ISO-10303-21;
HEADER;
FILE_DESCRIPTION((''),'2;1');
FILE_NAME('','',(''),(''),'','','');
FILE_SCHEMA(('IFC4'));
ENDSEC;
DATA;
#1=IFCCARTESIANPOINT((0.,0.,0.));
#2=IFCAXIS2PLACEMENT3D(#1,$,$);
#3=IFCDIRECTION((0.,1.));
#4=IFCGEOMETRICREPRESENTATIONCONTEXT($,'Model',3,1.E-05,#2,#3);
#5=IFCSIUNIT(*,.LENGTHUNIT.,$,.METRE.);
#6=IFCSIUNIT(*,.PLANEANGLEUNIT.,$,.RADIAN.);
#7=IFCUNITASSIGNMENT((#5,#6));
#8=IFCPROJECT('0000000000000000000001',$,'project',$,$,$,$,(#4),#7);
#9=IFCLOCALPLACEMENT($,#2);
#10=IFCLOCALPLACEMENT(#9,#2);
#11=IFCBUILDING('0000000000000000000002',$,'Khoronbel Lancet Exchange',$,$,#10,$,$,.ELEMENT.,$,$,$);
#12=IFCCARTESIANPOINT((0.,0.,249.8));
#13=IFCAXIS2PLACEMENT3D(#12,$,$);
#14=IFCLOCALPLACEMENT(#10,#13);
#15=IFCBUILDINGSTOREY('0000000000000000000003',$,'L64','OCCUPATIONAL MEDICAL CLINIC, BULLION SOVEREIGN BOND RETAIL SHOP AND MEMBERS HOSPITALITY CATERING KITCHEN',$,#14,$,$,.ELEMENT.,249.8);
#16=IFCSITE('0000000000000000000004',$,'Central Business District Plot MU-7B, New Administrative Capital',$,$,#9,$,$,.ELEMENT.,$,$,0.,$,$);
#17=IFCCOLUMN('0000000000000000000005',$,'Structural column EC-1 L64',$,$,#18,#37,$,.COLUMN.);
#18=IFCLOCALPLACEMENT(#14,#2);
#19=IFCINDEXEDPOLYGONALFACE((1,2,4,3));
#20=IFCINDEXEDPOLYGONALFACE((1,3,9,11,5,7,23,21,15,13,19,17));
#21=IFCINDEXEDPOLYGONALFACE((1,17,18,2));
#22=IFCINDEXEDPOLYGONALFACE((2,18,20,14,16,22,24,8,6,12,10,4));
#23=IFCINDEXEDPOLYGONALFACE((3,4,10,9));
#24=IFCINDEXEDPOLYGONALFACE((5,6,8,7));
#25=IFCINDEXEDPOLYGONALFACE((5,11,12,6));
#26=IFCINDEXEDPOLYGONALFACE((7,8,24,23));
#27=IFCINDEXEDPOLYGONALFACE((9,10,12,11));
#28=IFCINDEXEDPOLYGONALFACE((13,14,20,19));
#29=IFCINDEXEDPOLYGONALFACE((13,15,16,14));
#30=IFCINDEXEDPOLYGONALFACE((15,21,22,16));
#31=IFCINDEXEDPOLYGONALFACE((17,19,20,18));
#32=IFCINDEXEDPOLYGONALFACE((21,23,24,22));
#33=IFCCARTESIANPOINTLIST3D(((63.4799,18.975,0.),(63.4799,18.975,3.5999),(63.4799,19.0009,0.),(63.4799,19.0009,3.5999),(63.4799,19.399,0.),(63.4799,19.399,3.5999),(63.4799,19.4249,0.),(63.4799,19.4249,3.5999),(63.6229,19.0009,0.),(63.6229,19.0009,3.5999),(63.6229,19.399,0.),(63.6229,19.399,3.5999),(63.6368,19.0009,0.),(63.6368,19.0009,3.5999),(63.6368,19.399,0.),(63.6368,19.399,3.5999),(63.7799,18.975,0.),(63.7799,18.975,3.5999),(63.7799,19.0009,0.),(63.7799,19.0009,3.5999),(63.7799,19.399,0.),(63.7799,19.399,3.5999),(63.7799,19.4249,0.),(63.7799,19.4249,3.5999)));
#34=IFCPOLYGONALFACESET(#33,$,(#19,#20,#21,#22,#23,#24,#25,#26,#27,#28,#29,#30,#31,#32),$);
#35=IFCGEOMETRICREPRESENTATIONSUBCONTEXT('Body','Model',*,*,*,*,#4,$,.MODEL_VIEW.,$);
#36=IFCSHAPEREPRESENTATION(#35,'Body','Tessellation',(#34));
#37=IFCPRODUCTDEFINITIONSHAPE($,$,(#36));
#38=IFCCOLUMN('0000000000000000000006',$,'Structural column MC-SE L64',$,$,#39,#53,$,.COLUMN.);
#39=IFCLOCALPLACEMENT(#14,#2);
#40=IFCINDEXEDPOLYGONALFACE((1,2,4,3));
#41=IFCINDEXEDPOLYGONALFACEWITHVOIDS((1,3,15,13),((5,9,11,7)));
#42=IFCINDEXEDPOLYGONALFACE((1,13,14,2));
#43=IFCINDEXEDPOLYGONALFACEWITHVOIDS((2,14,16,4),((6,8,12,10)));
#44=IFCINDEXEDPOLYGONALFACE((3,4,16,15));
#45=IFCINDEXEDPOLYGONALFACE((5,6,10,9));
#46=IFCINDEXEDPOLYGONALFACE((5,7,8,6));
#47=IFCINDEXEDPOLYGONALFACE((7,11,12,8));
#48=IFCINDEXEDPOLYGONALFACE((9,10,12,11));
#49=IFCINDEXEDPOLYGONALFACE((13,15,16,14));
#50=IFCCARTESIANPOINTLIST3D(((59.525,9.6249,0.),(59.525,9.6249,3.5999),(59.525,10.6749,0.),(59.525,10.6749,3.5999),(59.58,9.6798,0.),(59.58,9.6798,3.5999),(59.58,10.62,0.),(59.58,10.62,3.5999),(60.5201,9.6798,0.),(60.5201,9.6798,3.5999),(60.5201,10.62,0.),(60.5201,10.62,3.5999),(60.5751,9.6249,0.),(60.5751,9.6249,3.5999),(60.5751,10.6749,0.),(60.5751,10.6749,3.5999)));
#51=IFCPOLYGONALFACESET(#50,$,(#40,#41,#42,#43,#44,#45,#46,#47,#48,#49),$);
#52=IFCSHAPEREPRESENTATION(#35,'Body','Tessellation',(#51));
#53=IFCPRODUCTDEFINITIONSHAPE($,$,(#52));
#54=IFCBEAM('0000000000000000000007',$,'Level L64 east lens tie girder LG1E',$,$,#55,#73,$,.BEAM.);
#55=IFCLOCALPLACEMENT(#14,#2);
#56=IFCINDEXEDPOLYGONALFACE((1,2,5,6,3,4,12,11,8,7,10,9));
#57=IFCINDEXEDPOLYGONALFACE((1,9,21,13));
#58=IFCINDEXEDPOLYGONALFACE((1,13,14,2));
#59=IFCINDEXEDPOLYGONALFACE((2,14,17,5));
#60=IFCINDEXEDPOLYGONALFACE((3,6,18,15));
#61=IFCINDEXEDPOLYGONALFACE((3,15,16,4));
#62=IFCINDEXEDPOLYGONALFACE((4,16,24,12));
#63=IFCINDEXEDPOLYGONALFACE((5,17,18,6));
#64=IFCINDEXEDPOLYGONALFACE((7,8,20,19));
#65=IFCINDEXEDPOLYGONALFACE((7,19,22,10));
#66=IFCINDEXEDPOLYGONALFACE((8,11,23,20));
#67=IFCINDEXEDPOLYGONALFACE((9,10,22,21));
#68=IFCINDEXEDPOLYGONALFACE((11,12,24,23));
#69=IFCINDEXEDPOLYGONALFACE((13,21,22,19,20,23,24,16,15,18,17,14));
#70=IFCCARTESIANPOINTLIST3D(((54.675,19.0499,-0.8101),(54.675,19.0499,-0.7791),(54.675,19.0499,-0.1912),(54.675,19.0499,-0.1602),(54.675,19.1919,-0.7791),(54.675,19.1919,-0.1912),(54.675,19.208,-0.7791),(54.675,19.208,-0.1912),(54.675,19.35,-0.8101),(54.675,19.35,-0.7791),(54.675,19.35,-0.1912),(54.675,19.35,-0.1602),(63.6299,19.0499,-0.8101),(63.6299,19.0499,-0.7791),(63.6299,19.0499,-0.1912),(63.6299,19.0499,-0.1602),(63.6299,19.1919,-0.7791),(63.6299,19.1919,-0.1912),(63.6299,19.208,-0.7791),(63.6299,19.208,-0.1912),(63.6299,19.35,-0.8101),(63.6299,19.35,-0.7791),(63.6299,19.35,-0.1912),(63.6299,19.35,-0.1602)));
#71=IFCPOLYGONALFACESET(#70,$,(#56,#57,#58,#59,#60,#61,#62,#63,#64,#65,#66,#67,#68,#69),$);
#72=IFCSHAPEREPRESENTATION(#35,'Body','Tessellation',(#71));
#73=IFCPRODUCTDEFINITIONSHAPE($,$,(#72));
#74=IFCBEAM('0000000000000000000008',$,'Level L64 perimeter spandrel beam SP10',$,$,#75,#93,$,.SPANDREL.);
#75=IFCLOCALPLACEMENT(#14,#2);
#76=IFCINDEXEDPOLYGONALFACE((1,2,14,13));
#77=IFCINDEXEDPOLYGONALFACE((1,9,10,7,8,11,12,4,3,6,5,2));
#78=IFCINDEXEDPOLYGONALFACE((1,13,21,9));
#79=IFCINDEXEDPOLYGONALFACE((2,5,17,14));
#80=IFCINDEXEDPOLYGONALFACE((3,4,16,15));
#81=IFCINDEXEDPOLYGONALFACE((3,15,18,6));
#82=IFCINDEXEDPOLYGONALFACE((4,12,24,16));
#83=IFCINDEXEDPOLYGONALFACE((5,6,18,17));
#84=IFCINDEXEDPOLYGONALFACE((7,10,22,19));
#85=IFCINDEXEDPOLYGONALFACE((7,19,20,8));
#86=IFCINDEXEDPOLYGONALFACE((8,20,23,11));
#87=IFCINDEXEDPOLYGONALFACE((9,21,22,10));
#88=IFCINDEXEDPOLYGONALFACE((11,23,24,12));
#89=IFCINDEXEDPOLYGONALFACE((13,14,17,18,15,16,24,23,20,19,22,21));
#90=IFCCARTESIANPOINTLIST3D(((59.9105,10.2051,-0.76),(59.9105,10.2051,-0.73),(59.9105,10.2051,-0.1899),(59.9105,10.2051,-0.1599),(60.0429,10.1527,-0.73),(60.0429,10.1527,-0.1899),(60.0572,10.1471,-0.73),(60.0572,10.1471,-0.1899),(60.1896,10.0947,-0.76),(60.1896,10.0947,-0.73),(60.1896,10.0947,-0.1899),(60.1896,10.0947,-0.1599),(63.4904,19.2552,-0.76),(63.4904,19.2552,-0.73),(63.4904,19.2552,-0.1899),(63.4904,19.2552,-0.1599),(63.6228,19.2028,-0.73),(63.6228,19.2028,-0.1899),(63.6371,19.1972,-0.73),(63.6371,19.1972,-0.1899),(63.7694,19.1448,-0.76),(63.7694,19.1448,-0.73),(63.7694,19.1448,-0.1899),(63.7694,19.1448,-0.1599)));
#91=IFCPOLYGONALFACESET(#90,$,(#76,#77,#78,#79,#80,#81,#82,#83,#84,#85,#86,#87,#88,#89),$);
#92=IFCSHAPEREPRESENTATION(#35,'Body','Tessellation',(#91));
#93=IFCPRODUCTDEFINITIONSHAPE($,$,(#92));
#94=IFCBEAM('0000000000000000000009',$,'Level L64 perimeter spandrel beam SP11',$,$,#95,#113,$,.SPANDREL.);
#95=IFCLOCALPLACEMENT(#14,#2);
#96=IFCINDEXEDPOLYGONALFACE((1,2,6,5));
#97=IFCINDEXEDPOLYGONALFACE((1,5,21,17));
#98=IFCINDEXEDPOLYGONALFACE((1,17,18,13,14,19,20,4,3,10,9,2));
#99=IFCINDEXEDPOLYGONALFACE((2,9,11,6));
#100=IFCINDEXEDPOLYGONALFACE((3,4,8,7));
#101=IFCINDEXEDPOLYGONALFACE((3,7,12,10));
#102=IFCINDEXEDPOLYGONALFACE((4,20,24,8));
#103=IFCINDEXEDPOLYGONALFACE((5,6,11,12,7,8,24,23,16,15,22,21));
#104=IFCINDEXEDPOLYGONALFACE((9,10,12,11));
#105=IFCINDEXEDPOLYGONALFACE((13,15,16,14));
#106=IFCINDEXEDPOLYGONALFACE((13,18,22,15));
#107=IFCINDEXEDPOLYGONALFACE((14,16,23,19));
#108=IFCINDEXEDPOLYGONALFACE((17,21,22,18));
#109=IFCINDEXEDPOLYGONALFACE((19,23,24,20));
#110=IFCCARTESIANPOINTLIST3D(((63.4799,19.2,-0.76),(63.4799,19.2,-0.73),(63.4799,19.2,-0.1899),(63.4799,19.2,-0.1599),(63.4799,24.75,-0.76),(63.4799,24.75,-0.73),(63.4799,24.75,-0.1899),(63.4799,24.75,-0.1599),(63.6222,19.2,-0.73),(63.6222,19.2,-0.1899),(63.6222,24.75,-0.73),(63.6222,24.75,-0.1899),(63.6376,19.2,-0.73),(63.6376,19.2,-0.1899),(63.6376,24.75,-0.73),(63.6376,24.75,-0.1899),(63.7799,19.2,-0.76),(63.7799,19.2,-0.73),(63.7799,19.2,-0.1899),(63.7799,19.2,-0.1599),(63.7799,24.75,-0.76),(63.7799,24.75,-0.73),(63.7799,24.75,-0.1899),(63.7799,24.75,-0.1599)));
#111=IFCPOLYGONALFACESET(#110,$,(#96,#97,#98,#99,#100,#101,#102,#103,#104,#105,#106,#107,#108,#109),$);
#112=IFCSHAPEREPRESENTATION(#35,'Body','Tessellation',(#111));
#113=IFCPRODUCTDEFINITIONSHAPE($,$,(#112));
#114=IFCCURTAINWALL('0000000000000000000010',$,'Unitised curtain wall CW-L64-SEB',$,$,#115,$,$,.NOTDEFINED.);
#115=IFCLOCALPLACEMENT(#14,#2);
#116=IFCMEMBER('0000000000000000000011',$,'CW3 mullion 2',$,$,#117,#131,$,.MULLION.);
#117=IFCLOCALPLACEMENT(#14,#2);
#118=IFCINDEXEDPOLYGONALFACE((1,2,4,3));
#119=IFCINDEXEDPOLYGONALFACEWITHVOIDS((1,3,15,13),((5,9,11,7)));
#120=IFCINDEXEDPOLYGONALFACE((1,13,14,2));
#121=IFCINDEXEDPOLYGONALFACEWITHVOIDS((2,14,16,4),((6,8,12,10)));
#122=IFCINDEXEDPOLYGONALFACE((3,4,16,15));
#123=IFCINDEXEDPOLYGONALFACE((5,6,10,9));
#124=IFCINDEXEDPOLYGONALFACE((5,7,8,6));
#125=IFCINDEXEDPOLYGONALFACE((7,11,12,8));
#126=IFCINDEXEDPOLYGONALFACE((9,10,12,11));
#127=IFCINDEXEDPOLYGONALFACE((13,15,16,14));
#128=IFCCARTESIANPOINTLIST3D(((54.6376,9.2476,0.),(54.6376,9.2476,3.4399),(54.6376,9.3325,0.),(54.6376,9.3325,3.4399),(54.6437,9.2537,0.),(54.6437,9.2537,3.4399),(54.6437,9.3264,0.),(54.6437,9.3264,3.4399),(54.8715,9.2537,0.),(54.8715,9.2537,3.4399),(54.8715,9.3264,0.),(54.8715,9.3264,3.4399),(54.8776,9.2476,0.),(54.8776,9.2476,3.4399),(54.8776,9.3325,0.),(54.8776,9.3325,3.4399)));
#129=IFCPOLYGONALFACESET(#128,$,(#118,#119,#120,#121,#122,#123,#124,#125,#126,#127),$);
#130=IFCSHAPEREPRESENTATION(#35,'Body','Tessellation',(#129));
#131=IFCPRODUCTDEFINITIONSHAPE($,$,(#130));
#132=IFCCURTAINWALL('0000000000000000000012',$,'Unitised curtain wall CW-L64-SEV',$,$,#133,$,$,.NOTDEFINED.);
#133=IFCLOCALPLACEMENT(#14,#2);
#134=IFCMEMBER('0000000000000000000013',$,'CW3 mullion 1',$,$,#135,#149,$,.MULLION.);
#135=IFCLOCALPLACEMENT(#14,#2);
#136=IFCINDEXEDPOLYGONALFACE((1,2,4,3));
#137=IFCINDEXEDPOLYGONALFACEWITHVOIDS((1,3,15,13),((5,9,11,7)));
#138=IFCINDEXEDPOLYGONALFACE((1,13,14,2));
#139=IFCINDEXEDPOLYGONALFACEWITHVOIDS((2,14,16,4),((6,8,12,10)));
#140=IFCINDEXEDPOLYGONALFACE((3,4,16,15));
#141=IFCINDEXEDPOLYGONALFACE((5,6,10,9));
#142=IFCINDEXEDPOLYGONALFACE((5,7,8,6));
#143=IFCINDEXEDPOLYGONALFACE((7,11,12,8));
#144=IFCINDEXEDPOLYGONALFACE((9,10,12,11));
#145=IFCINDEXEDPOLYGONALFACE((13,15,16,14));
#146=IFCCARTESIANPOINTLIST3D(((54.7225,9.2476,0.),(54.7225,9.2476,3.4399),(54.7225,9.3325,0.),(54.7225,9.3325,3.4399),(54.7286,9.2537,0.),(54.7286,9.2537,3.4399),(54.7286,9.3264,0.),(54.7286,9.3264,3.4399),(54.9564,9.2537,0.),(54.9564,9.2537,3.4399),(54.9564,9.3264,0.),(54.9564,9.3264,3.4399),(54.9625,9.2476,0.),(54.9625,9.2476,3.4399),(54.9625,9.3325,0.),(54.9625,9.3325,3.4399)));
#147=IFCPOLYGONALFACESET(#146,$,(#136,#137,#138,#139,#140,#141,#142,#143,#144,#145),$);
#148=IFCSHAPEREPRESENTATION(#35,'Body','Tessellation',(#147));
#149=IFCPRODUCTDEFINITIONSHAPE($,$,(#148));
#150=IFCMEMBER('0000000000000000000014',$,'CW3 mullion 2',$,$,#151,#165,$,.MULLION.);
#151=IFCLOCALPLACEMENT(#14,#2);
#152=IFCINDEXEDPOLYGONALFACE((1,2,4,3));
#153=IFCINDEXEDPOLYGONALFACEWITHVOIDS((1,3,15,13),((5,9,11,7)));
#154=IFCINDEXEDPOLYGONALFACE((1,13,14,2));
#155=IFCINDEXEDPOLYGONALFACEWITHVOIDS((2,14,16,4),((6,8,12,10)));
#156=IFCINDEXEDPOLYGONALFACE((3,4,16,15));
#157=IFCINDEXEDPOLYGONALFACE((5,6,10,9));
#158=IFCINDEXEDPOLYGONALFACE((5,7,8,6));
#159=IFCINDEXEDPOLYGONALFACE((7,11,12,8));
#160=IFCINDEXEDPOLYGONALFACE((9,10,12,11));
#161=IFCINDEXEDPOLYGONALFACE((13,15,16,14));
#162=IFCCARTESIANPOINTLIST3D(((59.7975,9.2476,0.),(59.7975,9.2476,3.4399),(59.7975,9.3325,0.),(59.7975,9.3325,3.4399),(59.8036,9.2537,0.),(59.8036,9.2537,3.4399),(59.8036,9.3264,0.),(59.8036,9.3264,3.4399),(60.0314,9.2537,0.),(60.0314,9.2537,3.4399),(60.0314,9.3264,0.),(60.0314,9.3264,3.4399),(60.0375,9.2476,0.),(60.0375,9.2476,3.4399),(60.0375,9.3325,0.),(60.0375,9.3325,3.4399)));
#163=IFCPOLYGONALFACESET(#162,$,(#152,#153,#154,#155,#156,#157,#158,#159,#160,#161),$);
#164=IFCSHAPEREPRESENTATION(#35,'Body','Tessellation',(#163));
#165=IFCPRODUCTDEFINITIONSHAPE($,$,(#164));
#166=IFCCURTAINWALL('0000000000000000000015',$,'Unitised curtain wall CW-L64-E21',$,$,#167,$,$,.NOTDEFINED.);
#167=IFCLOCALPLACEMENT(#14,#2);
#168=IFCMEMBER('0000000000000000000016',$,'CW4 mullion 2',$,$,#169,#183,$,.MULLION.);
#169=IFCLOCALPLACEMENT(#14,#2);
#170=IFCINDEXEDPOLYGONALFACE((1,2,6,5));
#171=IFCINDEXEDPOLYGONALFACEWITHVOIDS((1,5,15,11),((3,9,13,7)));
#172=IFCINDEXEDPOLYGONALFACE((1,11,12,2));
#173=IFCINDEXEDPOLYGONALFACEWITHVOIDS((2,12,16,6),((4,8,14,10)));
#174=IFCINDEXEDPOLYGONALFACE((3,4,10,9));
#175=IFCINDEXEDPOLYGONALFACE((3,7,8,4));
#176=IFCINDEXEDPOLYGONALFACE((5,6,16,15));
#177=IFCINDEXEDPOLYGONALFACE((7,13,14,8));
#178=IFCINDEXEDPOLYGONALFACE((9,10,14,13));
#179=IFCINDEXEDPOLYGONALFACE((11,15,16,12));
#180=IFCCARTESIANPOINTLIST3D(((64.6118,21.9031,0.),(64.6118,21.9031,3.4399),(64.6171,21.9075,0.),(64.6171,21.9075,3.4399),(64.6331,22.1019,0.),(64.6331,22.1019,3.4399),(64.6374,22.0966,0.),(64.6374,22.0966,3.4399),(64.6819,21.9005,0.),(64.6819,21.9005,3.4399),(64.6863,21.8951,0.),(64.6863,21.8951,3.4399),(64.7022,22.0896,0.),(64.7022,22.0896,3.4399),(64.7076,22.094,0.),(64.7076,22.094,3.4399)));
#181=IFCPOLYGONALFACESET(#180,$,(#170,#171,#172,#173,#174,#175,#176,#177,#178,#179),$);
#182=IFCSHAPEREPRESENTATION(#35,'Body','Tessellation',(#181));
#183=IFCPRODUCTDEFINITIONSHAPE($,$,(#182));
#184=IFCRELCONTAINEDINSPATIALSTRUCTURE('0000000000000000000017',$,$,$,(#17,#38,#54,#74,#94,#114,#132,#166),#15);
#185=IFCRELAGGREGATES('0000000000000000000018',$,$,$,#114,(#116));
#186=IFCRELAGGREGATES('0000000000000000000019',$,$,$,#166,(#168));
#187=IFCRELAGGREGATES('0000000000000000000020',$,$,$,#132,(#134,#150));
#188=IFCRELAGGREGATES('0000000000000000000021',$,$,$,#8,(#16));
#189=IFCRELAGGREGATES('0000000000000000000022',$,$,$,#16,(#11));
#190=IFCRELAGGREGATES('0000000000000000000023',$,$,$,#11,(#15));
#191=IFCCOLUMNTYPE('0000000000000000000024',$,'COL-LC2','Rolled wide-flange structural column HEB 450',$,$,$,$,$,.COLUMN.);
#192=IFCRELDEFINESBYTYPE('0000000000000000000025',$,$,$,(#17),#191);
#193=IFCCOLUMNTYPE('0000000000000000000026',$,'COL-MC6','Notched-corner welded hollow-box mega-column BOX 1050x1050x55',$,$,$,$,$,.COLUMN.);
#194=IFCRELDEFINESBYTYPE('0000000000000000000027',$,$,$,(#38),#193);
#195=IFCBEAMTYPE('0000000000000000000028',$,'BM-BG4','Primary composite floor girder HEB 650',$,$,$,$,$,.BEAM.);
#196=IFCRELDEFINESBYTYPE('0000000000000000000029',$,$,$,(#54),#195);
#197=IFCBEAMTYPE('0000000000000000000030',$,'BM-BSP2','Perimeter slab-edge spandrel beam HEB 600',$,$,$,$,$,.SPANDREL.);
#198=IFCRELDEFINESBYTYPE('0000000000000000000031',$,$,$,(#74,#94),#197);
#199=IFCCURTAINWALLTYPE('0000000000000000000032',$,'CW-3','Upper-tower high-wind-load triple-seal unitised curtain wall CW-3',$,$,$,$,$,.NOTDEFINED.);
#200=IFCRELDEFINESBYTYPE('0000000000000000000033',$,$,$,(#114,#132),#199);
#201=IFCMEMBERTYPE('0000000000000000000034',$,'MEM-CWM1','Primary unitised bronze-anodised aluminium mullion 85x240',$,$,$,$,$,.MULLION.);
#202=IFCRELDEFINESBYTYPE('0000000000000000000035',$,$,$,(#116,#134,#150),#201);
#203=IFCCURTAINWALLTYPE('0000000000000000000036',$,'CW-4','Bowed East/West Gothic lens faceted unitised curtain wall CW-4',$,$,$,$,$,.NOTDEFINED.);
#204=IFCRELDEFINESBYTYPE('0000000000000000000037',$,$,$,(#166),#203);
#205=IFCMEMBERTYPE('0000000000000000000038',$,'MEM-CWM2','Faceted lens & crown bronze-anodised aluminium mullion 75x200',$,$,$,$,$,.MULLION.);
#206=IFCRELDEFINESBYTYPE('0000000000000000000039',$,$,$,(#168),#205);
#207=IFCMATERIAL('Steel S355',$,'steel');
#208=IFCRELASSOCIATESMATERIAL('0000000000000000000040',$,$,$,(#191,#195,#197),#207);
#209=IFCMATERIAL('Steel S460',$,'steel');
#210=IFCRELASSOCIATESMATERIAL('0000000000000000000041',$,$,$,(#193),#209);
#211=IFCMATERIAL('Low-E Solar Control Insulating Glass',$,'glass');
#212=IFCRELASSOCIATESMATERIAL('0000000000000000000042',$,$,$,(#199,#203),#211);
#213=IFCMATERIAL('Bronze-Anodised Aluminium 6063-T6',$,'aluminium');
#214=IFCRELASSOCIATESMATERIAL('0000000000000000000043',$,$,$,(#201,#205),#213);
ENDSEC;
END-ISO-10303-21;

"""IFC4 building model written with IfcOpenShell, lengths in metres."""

from ifc_helpers import new_model, si_unit, direction, frame, origin, origin_2d, place, context, subcontext, project, spatial, hollow_rectangle, i_section, extrude, material, material_profile, profile_set, type_object, element, aggregate, save


model = new_model("IFC4")

# Units and contexts
model_context = context("Model", 3, precision=1e-05, world=origin(), true_north=direction((0.0, 1.0)))
body_context = subcontext(model_context, "Body", "Model", "MODEL_VIEW")
ifc_project = project(units=[si_unit("LENGTHUNIT", "METRE"), si_unit("PLANEANGLEUNIT", "RADIAN")], contexts=[model_context])

# Site, building, storey
site_placement = place(None, origin())
site = spatial("IfcSite", under=ifc_project, at=site_placement, Name="Central Business District Plot MU-7B, New Administrative Capital", CompositionType="ELEMENT", RefElevation=0.0)
building_placement = place(site_placement, origin())
building = spatial("IfcBuilding", under=site, at=building_placement, Name="Khoronbel Lancet Exchange", CompositionType="ELEMENT")
storey_placement = place(building_placement, frame((0.0, 0.0, 249.8)))
storey = spatial("IfcBuildingStorey", under=building, at=storey_placement, Name="L64", Description="OCCUPATIONAL MEDICAL CLINIC, BULLION SOVEREIGN BOND RETAIL SHOP AND MEMBERS HOSPITALITY CATERING KITCHEN", CompositionType="ELEMENT", Elevation=249.8)

# Columns
ifc_material_1 = material(Name="Steel S355", Category="steel")
ifc_material_profile_1 = material_profile(ifc_material_1, i_section(OverallWidth=0.3, OverallDepth=0.45, WebThickness=0.0139, FlangeThickness=0.0259, at=origin_2d()), Name="HEB 450")
ifc_profile_set_1 = profile_set([ifc_material_profile_1], Name="Steel S355")
column_type_1 = type_object("IfcColumnType", Name="COL-LC2", Description="Rolled wide-flange structural column HEB 450", PredefinedType="COLUMN", material=ifc_profile_set_1)
column_1_placement = place(storey_placement, frame((63.6299, 19.2, 0.0), z_axis=(0.0, 0.0, 1.0), x_axis=(1.0, 0.0, 0.0)))
element("IfcColumn", 1, at=column_1_placement, inside=storey, type_object=column_type_1, Name="Structural column EC-1 L64", PredefinedType="COLUMN", context=body_context, shape_type="SweptSolid", body=[
    extrude(i_section(OverallWidth=0.3, OverallDepth=0.45, WebThickness=0.0139, FlangeThickness=0.0259, at=origin_2d()), origin(), (0.0, 0.0, 1.0), 3.5999),
])
ifc_material_2 = material(Name="Steel S460", Category="steel")
ifc_material_profile_2 = material_profile(ifc_material_2, hollow_rectangle(XDim=1.05, YDim=1.05, WallThickness=0.0549, at=origin_2d()), Name="BOX 1050x1050x55")
ifc_profile_set_2 = profile_set([ifc_material_profile_2], Name="Steel S460")
column_type_2 = type_object("IfcColumnType", Name="COL-MC6", Description="Notched-corner welded hollow-box mega-column BOX 1050x1050x55", PredefinedType="COLUMN", material=ifc_profile_set_2)
column_2_placement = place(storey_placement, frame((60.05, 10.1499, 0.0), z_axis=(0.0, 0.0, 1.0), x_axis=(1.0, 0.0, 0.0)))
element("IfcColumn", 2, at=column_2_placement, inside=storey, type_object=column_type_2, Name="Structural column MC-SE L64", PredefinedType="COLUMN", context=body_context, shape_type="SweptSolid", body=[
    extrude(hollow_rectangle(XDim=1.05, YDim=1.05, WallThickness=0.0549, at=origin_2d()), origin(), (0.0, 0.0, 1.0), 3.5999),
])

# Beams
ifc_material_profile_3 = material_profile(ifc_material_1, i_section(OverallWidth=0.3, OverallDepth=0.6499, WebThickness=0.0161, FlangeThickness=0.031, at=origin_2d()), Name="HEB 650")
ifc_profile_set_3 = profile_set([ifc_material_profile_3], Name="Steel S355")
beam_type_1 = type_object("IfcBeamType", Name="BM-BG4", Description="Primary composite floor girder HEB 650", PredefinedType="BEAM", material=ifc_profile_set_3)
beam_1_placement = place(storey_placement, frame((54.675, 19.2, -0.4851), z_axis=(1.0, 0.0, 0.0), x_axis=(0.0, 1.0, 0.0)))
element("IfcBeam", 3, at=beam_1_placement, inside=storey, type_object=beam_type_1, Name="Level L64 east lens tie girder LG1E", PredefinedType="BEAM", context=body_context, shape_type="SweptSolid", body=[
    extrude(i_section(OverallWidth=0.3, OverallDepth=0.6499, WebThickness=0.0161, FlangeThickness=0.031, at=origin_2d()), origin(), (0.0, 0.0, 1.0), 8.9548),
])
ifc_material_profile_4 = material_profile(ifc_material_1, i_section(OverallWidth=0.3, OverallDepth=0.6001, WebThickness=0.0154, FlangeThickness=0.03, at=origin_2d()), Name="HEB 600")
ifc_profile_set_4 = profile_set([ifc_material_profile_4], Name="Steel S355")
beam_type_2 = type_object("IfcBeamType", Name="BM-BSP2", Description="Perimeter slab-edge spandrel beam HEB 600", PredefinedType="SPANDREL", material=ifc_profile_set_4)
beam_2_placement = place(storey_placement, frame((60.05, 10.1499, -0.46), z_axis=(0.367828, 0.929894, 0.0), x_axis=(-0.929894, 0.367828, 0.0)))
element("IfcBeam", 4, at=beam_2_placement, inside=storey, type_object=beam_type_2, Name="Level L64 perimeter spandrel beam SP10", PredefinedType="SPANDREL", context=body_context, shape_type="SweptSolid", body=[
    extrude(i_section(OverallWidth=0.3, OverallDepth=0.6001, WebThickness=0.0154, FlangeThickness=0.03, at=origin_2d()), origin(), (0.0, 0.0, 1.0), 9.7324),
])
beam_3_placement = place(storey_placement, frame((63.6299, 19.2, -0.46), z_axis=(0.0, 1.0, 0.0), x_axis=(-1.0, 0.0, 0.0)))
element("IfcBeam", 5, at=beam_3_placement, inside=storey, type_object=beam_type_2, Name="Level L64 perimeter spandrel beam SP11", PredefinedType="SPANDREL", context=body_context, shape_type="SweptSolid", body=[
    extrude(i_section(OverallWidth=0.3, OverallDepth=0.6001, WebThickness=0.0154, FlangeThickness=0.03, at=origin_2d()), origin(), (0.0, 0.0, 1.0), 5.55),
])

# Curtain wall, member
ifc_material_3 = material(Name="Low-E Solar Control Insulating Glass", Category="glass")
curtain_wall_type_1 = type_object("IfcCurtainWallType", Name="CW-3", Description="Upper-tower high-wind-load triple-seal unitised curtain wall CW-3", PredefinedType="NOTDEFINED", material=ifc_material_3)
curtain_wall_1_placement = place(storey_placement, origin())
curtain_wall_1 = element("IfcCurtainWall", 6, at=curtain_wall_1_placement, inside=storey, type_object=curtain_wall_type_1, Name="Unitised curtain wall CW-L64-SEB", PredefinedType="NOTDEFINED")
ifc_material_4 = material(Name="Bronze-Anodised Aluminium 6063-T6", Category="aluminium")
ifc_material_profile_5 = material_profile(ifc_material_4, hollow_rectangle(XDim=0.085, YDim=0.24, WallThickness=0.0061, at=origin_2d()), Name="ALU MULLION 85x240")
ifc_profile_set_5 = profile_set([ifc_material_profile_5], Name="Bronze-Anodised Aluminium 6063-T6")
member_type_1 = type_object("IfcMemberType", Name="MEM-CWM1", Description="Primary unitised bronze-anodised aluminium mullion 85x240", PredefinedType="MULLION", material=ifc_profile_set_5)
member_1_placement = place(storey_placement, frame((54.7576, 9.29, 0.0), z_axis=(0.0, 0.0, 1.0), x_axis=(0.0, 1.0, 0.0)))
member_1 = element("IfcMember", 7, at=member_1_placement, type_object=member_type_1, Name="CW3 mullion 2", PredefinedType="MULLION", context=body_context, shape_type="SweptSolid", body=[
    extrude(hollow_rectangle(XDim=0.085, YDim=0.24, WallThickness=0.0061, at=origin_2d()), origin(), (0.0, 0.0, 1.0), 3.4399),
])
aggregate(curtain_wall_1, [member_1])

# Curtain wall, members
curtain_wall_2_placement = place(storey_placement, origin())
curtain_wall_2 = element("IfcCurtainWall", 8, at=curtain_wall_2_placement, inside=storey, type_object=curtain_wall_type_1, Name="Unitised curtain wall CW-L64-SEV", PredefinedType="NOTDEFINED")
member_2_placement = place(storey_placement, frame((54.8425, 9.29, 0.0), z_axis=(0.0, 0.0, 1.0), x_axis=(0.0, 1.0, 0.0)))
member_2 = element("IfcMember", 9, at=member_2_placement, type_object=member_type_1, Name="CW3 mullion 1", PredefinedType="MULLION", context=body_context, shape_type="SweptSolid", body=[
    extrude(hollow_rectangle(XDim=0.085, YDim=0.24, WallThickness=0.0061, at=origin_2d()), origin(), (0.0, 0.0, 1.0), 3.4399),
])
member_3_placement = place(storey_placement, frame((59.9175, 9.29, 0.0), z_axis=(0.0, 0.0, 1.0), x_axis=(0.0, 1.0, 0.0)))
member_3 = element("IfcMember", 10, at=member_3_placement, type_object=member_type_1, Name="CW3 mullion 2", PredefinedType="MULLION", context=body_context, shape_type="SweptSolid", body=[
    extrude(hollow_rectangle(XDim=0.085, YDim=0.24, WallThickness=0.0061, at=origin_2d()), origin(), (0.0, 0.0, 1.0), 3.4399),
])

# Curtain wall, member
curtain_wall_type_2 = type_object("IfcCurtainWallType", Name="CW-4", Description="Bowed East/West Gothic lens faceted unitised curtain wall CW-4", PredefinedType="NOTDEFINED", material=ifc_material_3)
curtain_wall_3_placement = place(storey_placement, origin())
curtain_wall_3 = element("IfcCurtainWall", 11, at=curtain_wall_3_placement, inside=storey, type_object=curtain_wall_type_2, Name="Unitised curtain wall CW-L64-E21", PredefinedType="NOTDEFINED")
ifc_material_profile_6 = material_profile(ifc_material_4, hollow_rectangle(XDim=0.075, YDim=0.2, WallThickness=0.0049, at=origin_2d()), Name="ALU MULLION 75x200")
ifc_profile_set_6 = profile_set([ifc_material_profile_6], Name="Bronze-Anodised Aluminium 6063-T6")
member_type_2 = type_object("IfcMemberType", Name="MEM-CWM2", Description="Faceted lens & crown bronze-anodised aluminium mullion 75x200", PredefinedType="MULLION", material=ifc_profile_set_6)
member_4_placement = place(storey_placement, frame((64.6597, 21.9985, 0.0), z_axis=(0.0, 0.0, 1.0), x_axis=(0.994312, -0.106507, 0.0)))
member_4 = element("IfcMember", 12, at=member_4_placement, type_object=member_type_2, Name="CW4 mullion 2", PredefinedType="MULLION", context=body_context, shape_type="SweptSolid", body=[
    extrude(hollow_rectangle(XDim=0.075, YDim=0.2, WallThickness=0.0049, at=origin_2d()), origin(), (0.0, 0.0, 1.0), 3.4399),
])
aggregate(curtain_wall_3, [member_4])

aggregate(curtain_wall_2, [member_2, member_3])

save(model, "model.ifc")
